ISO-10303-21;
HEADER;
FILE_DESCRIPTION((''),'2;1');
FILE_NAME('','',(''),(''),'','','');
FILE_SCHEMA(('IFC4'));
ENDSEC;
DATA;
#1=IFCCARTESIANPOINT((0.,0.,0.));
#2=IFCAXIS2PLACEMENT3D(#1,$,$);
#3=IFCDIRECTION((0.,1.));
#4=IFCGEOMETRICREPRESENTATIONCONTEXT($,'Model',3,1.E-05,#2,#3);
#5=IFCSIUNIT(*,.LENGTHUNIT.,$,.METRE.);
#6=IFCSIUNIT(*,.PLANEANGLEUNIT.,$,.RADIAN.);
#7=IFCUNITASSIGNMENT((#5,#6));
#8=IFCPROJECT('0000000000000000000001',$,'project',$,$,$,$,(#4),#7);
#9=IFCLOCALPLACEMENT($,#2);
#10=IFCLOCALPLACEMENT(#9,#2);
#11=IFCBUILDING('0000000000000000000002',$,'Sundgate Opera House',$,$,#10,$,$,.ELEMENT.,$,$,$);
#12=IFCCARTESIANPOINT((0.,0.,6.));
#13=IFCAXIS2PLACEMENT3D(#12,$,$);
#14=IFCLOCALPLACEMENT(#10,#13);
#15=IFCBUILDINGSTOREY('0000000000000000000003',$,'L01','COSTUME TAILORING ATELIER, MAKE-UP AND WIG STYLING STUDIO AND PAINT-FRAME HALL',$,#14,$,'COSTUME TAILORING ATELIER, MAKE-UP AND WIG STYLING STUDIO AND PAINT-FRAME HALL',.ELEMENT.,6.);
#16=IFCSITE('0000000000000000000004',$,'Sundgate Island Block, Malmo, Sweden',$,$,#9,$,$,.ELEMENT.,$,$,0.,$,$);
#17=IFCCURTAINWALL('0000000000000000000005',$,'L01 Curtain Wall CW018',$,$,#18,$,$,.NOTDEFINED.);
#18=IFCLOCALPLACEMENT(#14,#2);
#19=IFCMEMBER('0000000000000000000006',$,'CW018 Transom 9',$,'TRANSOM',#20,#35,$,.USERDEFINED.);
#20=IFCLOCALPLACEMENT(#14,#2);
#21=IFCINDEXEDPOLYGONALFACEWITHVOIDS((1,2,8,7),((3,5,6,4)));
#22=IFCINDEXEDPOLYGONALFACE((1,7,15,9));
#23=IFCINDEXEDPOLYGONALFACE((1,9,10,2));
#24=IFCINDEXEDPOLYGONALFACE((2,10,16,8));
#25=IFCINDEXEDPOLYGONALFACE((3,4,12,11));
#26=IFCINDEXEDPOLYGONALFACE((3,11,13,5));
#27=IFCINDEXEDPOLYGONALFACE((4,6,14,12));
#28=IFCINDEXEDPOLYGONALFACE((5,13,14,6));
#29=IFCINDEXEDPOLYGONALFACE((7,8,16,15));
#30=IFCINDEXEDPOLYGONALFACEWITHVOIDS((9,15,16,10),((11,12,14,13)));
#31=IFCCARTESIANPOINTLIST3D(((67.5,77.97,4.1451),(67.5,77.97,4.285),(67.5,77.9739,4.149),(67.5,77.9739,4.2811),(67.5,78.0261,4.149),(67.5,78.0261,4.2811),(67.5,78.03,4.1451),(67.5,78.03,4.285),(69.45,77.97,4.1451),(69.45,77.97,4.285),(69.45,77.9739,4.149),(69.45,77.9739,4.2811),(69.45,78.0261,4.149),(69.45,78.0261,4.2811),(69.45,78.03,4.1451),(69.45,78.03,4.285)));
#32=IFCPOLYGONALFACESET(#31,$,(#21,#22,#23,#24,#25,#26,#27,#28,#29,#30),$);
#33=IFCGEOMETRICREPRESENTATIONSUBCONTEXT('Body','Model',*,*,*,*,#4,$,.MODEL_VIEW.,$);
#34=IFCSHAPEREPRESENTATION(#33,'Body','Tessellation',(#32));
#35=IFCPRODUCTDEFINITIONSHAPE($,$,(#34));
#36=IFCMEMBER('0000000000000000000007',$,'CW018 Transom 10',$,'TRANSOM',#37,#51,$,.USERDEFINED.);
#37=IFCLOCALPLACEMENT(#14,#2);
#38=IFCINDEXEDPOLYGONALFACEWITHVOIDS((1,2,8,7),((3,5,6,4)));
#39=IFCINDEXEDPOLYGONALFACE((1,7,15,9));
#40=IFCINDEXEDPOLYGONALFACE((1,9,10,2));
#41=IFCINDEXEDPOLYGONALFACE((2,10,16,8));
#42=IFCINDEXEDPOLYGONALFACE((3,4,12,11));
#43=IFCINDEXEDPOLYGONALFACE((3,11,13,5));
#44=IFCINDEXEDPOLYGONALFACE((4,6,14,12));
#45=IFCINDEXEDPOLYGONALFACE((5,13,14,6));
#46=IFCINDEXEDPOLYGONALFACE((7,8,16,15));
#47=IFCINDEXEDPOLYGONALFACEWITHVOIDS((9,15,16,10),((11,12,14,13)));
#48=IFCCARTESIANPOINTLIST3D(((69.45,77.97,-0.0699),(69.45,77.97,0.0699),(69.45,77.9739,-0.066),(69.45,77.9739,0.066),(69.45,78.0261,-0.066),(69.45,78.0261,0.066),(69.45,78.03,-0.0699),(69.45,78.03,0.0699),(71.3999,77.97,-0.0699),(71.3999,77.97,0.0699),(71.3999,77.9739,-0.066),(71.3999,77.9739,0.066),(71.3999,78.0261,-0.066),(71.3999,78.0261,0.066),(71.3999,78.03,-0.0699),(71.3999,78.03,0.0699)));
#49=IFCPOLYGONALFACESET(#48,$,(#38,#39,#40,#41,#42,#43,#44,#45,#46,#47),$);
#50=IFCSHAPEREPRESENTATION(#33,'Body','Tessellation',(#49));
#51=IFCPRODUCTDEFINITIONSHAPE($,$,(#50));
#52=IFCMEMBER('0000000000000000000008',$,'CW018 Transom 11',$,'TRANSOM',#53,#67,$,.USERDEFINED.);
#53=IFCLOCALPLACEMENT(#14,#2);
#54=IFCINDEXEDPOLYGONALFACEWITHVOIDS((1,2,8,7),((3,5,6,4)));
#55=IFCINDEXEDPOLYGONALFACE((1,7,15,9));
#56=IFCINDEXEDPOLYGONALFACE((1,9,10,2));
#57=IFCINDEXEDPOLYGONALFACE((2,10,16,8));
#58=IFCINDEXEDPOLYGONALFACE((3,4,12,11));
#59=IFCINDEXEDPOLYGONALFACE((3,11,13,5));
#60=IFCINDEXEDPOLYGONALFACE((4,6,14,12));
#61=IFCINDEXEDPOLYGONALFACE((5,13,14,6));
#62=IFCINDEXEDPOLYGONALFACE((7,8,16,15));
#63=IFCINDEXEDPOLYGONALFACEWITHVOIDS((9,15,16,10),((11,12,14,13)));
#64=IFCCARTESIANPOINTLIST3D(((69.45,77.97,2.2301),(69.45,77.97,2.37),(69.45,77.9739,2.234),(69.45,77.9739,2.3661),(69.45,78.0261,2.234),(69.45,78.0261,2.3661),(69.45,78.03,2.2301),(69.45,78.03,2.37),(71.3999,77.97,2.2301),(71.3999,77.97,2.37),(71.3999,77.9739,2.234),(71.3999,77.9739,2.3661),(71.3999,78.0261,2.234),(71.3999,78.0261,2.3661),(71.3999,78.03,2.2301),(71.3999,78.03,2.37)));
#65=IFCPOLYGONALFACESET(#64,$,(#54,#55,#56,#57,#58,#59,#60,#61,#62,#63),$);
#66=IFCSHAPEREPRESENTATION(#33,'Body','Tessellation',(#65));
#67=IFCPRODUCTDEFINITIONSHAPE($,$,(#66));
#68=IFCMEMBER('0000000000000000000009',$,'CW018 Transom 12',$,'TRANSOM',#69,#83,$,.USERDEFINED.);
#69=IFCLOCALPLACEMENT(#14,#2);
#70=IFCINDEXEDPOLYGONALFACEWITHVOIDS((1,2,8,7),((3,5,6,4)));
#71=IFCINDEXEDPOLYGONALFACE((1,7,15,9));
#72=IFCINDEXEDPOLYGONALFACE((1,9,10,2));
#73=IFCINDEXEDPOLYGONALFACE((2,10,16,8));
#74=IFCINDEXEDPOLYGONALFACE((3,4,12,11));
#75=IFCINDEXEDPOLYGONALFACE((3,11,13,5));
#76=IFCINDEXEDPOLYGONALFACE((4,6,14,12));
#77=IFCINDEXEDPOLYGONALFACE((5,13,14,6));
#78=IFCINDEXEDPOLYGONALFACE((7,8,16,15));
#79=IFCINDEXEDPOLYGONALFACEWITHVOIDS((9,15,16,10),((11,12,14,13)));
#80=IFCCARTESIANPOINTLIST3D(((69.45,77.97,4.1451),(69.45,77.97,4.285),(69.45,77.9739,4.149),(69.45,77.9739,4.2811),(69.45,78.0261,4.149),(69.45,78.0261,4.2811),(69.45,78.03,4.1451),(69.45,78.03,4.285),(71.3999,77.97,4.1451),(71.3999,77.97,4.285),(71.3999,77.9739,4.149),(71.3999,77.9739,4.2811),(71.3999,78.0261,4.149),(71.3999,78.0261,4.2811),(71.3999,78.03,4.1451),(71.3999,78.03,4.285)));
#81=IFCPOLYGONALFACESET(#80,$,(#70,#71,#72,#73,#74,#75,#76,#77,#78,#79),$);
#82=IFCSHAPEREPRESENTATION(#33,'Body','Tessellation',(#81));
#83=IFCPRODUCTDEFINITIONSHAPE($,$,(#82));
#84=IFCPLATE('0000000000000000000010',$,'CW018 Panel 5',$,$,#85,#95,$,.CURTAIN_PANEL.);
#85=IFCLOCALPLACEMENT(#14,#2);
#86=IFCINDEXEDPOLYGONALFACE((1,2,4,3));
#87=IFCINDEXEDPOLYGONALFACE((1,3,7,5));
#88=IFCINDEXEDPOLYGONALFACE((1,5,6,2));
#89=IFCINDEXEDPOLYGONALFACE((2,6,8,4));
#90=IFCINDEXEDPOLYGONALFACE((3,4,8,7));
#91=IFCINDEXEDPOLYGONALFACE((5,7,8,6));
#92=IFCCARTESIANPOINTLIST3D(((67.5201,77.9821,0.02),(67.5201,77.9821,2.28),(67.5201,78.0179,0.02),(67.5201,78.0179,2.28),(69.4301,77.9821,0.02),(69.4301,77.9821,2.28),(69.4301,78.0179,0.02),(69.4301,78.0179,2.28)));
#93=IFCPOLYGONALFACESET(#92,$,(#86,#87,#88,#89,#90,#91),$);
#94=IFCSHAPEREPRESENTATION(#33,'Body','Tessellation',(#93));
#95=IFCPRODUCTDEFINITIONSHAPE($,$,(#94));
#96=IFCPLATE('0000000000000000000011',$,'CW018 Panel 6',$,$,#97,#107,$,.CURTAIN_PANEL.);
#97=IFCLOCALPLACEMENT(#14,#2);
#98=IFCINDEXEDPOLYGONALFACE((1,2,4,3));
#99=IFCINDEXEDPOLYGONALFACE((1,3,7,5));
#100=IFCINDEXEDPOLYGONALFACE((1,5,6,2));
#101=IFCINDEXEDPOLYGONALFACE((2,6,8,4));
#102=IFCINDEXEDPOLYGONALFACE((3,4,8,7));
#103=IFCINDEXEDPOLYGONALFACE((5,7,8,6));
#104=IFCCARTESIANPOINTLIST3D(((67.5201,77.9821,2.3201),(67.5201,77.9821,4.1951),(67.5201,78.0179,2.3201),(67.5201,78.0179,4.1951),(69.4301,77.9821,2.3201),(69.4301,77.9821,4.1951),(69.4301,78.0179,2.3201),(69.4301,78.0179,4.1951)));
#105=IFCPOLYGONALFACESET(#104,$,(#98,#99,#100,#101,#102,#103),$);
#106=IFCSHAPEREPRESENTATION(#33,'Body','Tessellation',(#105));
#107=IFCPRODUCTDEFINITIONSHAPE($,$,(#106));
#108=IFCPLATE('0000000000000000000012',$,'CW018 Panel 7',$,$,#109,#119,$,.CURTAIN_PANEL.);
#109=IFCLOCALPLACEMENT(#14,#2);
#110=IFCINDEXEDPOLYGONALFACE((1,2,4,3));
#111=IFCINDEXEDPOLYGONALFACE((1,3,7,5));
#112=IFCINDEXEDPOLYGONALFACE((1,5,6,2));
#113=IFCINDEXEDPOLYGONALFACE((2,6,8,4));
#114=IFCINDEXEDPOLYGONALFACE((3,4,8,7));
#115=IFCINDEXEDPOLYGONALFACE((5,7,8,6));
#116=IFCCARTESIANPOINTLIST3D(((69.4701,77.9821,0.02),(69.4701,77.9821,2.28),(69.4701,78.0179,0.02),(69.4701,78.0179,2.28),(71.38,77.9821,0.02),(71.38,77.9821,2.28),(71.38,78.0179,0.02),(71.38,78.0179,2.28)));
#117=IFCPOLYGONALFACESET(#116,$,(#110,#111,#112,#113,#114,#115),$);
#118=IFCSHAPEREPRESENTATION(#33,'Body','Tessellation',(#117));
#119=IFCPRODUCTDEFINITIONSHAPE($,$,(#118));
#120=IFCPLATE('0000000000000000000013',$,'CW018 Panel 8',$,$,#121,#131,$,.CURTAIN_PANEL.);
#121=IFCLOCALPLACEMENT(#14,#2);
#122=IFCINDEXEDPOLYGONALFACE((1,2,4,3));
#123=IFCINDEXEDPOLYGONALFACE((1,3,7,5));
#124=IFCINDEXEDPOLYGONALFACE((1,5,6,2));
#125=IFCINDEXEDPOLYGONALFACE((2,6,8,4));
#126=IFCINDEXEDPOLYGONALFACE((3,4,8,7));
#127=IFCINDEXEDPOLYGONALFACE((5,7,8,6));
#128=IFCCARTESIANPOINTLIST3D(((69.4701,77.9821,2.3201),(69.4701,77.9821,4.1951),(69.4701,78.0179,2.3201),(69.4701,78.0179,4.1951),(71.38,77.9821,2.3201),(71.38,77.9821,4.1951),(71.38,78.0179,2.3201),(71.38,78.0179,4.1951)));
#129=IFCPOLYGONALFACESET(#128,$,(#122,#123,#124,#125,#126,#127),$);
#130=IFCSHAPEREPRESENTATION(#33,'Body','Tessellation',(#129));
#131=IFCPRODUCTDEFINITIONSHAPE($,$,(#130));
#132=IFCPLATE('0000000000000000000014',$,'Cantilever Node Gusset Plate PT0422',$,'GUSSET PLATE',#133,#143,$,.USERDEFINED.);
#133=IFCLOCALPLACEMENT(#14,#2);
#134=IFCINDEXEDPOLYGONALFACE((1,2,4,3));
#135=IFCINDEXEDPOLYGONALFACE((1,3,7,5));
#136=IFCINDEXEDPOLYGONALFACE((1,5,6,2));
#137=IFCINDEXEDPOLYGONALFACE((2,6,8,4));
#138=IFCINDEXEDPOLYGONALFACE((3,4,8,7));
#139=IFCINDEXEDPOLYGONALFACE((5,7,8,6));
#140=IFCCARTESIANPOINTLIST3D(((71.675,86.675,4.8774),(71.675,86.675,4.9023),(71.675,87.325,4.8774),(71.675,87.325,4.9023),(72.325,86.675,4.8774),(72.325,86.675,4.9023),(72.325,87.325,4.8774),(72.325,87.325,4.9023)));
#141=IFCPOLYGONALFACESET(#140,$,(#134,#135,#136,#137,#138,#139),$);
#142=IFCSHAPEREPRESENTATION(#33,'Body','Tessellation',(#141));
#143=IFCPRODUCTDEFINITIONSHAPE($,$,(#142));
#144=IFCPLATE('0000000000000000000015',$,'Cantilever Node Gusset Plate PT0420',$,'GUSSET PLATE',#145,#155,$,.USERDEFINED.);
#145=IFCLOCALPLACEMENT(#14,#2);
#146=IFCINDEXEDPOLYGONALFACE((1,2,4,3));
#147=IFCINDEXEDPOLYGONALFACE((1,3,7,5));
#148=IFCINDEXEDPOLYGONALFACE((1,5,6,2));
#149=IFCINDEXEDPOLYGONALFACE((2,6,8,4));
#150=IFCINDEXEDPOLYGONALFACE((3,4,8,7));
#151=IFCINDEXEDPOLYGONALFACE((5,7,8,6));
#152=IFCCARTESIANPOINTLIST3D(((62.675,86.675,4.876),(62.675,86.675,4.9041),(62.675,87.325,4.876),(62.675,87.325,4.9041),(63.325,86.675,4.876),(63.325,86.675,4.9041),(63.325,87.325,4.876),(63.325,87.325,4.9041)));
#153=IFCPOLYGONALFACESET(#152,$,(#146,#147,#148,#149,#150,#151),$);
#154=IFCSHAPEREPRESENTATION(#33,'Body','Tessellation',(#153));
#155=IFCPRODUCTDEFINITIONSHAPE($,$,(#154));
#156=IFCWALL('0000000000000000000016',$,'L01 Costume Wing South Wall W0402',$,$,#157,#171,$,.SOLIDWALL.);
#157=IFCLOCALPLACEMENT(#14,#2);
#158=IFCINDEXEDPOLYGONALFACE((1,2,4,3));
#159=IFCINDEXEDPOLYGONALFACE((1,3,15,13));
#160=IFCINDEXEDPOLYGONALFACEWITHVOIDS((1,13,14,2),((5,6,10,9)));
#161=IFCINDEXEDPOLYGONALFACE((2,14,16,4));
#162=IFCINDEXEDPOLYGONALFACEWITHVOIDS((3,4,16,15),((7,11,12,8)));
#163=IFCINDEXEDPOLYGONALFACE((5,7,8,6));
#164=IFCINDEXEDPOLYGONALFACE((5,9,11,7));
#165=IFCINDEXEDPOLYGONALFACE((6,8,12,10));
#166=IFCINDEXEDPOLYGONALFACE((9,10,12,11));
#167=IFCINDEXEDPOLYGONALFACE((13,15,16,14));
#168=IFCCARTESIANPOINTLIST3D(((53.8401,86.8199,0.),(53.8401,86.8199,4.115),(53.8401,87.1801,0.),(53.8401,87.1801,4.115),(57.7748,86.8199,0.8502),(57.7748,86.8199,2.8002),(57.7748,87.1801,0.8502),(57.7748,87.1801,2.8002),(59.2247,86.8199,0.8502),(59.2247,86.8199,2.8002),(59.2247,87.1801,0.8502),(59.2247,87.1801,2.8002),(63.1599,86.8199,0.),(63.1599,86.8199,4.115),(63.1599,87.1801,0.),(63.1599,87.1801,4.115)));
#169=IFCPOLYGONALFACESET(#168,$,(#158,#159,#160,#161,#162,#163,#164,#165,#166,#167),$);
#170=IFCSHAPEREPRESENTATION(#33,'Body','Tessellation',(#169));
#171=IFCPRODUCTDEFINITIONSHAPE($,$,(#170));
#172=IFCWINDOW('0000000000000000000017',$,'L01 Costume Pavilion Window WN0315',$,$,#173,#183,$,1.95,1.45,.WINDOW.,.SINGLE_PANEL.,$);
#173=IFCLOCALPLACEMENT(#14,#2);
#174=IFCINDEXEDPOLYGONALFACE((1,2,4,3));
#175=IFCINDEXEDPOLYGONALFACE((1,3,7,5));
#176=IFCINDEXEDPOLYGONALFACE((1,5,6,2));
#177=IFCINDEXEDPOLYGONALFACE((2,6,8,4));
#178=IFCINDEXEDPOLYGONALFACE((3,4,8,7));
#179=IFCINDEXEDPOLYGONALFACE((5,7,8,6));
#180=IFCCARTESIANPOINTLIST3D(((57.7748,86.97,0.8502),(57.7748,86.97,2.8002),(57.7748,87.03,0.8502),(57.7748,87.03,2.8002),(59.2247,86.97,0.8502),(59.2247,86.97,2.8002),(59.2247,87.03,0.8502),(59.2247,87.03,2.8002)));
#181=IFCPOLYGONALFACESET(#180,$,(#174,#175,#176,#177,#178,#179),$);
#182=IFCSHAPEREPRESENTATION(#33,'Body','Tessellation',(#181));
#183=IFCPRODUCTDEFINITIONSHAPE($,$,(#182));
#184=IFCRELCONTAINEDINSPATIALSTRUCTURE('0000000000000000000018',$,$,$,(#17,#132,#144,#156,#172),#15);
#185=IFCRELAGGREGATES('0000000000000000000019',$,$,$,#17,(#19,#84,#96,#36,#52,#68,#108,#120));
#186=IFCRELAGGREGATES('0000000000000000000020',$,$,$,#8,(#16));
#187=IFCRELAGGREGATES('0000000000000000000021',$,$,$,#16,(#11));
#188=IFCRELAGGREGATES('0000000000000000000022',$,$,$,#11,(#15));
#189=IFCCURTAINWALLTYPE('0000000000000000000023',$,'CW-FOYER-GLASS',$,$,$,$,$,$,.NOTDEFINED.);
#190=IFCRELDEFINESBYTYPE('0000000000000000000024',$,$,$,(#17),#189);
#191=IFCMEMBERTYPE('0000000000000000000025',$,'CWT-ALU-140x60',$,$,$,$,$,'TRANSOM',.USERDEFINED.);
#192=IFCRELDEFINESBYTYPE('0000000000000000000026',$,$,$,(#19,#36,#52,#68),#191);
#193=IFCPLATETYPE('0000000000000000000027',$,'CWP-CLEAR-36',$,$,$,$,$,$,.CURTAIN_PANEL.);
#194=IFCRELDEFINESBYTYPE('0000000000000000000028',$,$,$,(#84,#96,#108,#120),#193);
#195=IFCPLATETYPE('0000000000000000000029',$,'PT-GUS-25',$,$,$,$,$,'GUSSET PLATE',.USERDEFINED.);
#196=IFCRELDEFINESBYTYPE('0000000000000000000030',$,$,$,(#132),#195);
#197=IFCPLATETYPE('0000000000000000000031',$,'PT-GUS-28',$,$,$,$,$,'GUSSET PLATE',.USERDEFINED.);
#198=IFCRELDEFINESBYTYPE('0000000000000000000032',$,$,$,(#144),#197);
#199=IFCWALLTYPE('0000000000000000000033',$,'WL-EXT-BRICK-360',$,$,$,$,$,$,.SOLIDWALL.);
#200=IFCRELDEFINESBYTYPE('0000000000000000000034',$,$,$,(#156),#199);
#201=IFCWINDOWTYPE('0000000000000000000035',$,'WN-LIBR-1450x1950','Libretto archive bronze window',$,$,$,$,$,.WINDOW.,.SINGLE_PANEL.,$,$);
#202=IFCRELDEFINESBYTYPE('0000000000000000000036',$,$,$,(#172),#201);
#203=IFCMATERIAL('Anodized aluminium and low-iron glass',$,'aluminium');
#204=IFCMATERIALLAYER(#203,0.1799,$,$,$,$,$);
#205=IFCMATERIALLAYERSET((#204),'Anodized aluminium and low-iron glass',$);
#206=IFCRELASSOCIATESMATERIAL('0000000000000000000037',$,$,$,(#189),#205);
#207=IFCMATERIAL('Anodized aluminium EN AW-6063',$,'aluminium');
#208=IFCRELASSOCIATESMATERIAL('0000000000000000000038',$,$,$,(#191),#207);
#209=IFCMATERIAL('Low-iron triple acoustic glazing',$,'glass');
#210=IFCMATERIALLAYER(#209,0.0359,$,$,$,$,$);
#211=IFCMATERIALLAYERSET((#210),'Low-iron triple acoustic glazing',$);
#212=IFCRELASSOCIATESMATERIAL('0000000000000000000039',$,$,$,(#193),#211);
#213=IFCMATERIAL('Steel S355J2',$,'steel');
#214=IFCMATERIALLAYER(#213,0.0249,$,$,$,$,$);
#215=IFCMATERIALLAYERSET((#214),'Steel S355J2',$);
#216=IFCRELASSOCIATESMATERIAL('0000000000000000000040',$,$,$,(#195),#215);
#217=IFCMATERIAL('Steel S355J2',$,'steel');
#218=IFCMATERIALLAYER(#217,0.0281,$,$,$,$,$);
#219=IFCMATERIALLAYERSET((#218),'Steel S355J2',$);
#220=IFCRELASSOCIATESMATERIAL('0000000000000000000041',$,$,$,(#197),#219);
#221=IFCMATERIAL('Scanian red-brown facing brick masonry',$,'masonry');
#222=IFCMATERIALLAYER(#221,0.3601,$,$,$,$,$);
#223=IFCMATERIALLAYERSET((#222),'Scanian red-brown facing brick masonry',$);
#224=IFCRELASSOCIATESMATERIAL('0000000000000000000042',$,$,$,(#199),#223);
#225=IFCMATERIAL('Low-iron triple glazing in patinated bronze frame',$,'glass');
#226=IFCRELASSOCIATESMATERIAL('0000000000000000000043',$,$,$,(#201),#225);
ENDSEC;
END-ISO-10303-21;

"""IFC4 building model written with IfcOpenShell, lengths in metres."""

from ifc_helpers import new_model, si_unit, direction, frame, frame_2d, origin, origin_2d, place, context, subcontext, project, spatial, rectangle, hollow_rectangle, extrude, material, layer, layer_set, material_profile, profile_set, type_object, element, fill, aggregate, save


model = new_model("IFC4")

# Units and contexts
model_context = context("Model", 3, precision=1e-05, world=origin(), true_north=direction((0.0, 1.0)))
body_context = subcontext(model_context, "Body", "Model", "MODEL_VIEW")
ifc_project = project(units=[si_unit("LENGTHUNIT", "METRE"), si_unit("PLANEANGLEUNIT", "RADIAN")], contexts=[model_context])

# Site, building, storey
site_placement = place(None, origin())
site = spatial("IfcSite", under=ifc_project, at=site_placement, Name="Sundgate Island Block, Malmo, Sweden", CompositionType="ELEMENT", RefElevation=0.0)
building_placement = place(site_placement, origin())
building = spatial("IfcBuilding", under=site, at=building_placement, Name="Sundgate Opera House", CompositionType="ELEMENT")
storey_placement = place(building_placement, frame((0.0, 0.0, 6.0)))
storey = spatial("IfcBuildingStorey", under=building, at=storey_placement, Name="L01", Description="COSTUME TAILORING ATELIER, MAKE-UP AND WIG STYLING STUDIO AND PAINT-FRAME HALL", LongName="COSTUME TAILORING ATELIER, MAKE-UP AND WIG STYLING STUDIO AND PAINT-FRAME HALL", CompositionType="ELEMENT", Elevation=6.0)

# Curtain wall, members, plates
ifc_material_1 = material(Name="Anodized aluminium and low-iron glass", Category="aluminium")
ifc_layer_1 = layer(ifc_material_1, 0.1799)
ifc_layer_set_1 = layer_set([ifc_layer_1], Name="Anodized aluminium and low-iron glass")
curtain_wall_type = type_object("IfcCurtainWallType", Name="CW-FOYER-GLASS", PredefinedType="NOTDEFINED", material=ifc_layer_set_1)
curtain_wall_placement = place(storey_placement, origin())
curtain_wall = element("IfcCurtainWall", 1, at=curtain_wall_placement, inside=storey, type_object=curtain_wall_type, Name="L01 Curtain Wall CW018", PredefinedType="NOTDEFINED")
ifc_material_2 = material(Name="Anodized aluminium EN AW-6063", Category="aluminium")
ifc_material_profile_1 = material_profile(ifc_material_2, hollow_rectangle(XDim=0.0601, YDim=0.1399, WallThickness=0.0039, at=origin_2d()), Name="CWT 140x60x4")
ifc_profile_set_1 = profile_set([ifc_material_profile_1], Name="Anodized aluminium EN AW-6063")
member_type_1 = type_object("IfcMemberType", Name="CWT-ALU-140x60", ElementType="TRANSOM", PredefinedType="USERDEFINED", material=ifc_profile_set_1)
member_1_placement = place(storey_placement, frame((67.5, 78.0, 4.2151), z_axis=(1.0, 0.0, 0.0), x_axis=(0.0, 1.0, 0.0)))
member_1 = element("IfcMember", 2, at=member_1_placement, type_object=member_type_1, Name="CW018 Transom 9", ObjectType="TRANSOM", PredefinedType="USERDEFINED", context=body_context, shape_type="SweptSolid", body=[
    extrude(hollow_rectangle(XDim=0.0601, YDim=0.1399, WallThickness=0.0039, at=origin_2d()), origin(), (0.0, 0.0, 1.0), 1.95),
])
member_2_placement = place(storey_placement, frame((69.45, 78.0, 0.0), z_axis=(1.0, 0.0, 0.0), x_axis=(0.0, 1.0, 0.0)))
member_2 = element("IfcMember", 3, at=member_2_placement, type_object=member_type_1, Name="CW018 Transom 10", ObjectType="TRANSOM", PredefinedType="USERDEFINED", context=body_context, shape_type="SweptSolid", body=[
    extrude(hollow_rectangle(XDim=0.0601, YDim=0.1399, WallThickness=0.0039, at=origin_2d()), origin(), (0.0, 0.0, 1.0), 1.95),
])
member_3_placement = place(storey_placement, frame((69.45, 78.0, 2.3), z_axis=(1.0, 0.0, 0.0), x_axis=(0.0, 1.0, 0.0)))
member_3 = element("IfcMember", 4, at=member_3_placement, type_object=member_type_1, Name="CW018 Transom 11", ObjectType="TRANSOM", PredefinedType="USERDEFINED", context=body_context, shape_type="SweptSolid", body=[
    extrude(hollow_rectangle(XDim=0.0601, YDim=0.1399, WallThickness=0.0039, at=origin_2d()), origin(), (0.0, 0.0, 1.0), 1.95),
])
member_4_placement = place(storey_placement, frame((69.45, 78.0, 4.2151), z_axis=(1.0, 0.0, 0.0), x_axis=(0.0, 1.0, 0.0)))
member_4 = element("IfcMember", 5, at=member_4_placement, type_object=member_type_1, Name="CW018 Transom 12", ObjectType="TRANSOM", PredefinedType="USERDEFINED", context=body_context, shape_type="SweptSolid", body=[
    extrude(hollow_rectangle(XDim=0.0601, YDim=0.1399, WallThickness=0.0039, at=origin_2d()), origin(), (0.0, 0.0, 1.0), 1.95),
])
ifc_material_3 = material(Name="Low-iron triple acoustic glazing", Category="glass")
ifc_layer_2 = layer(ifc_material_3, 0.0359)
ifc_layer_set_2 = layer_set([ifc_layer_2], Name="Low-iron triple acoustic glazing")
plate_type_1 = type_object("IfcPlateType", Name="CWP-CLEAR-36", PredefinedType="CURTAIN_PANEL", material=ifc_layer_set_2)
plate_1_placement = place(storey_placement, frame((68.4751, 78.0, 0.02), z_axis=(0.0, 0.0, 1.0), x_axis=(1.0, 0.0, 0.0)))
plate_1 = element("IfcPlate", 6, at=plate_1_placement, type_object=plate_type_1, Name="CW018 Panel 5", PredefinedType="CURTAIN_PANEL", context=body_context, shape_type="SweptSolid", body=[
    extrude(rectangle(XDim=1.9099, YDim=0.0359, at=origin_2d()), origin(), (0.0, 0.0, 1.0), 2.26),
])
plate_2_placement = place(storey_placement, frame((68.4751, 78.0, 2.3201), z_axis=(0.0, 0.0, 1.0), x_axis=(1.0, 0.0, 0.0)))
plate_2 = element("IfcPlate", 7, at=plate_2_placement, type_object=plate_type_1, Name="CW018 Panel 6", PredefinedType="CURTAIN_PANEL", context=body_context, shape_type="SweptSolid", body=[
    extrude(rectangle(XDim=1.9099, YDim=0.0359, at=origin_2d()), origin(), (0.0, 0.0, 1.0), 1.875),
])
plate_3_placement = place(storey_placement, frame((70.425, 78.0, 0.02), z_axis=(0.0, 0.0, 1.0), x_axis=(1.0, 0.0, 0.0)))
plate_3 = element("IfcPlate", 8, at=plate_3_placement, type_object=plate_type_1, Name="CW018 Panel 7", PredefinedType="CURTAIN_PANEL", context=body_context, shape_type="SweptSolid", body=[
    extrude(rectangle(XDim=1.9099, YDim=0.0359, at=origin_2d()), origin(), (0.0, 0.0, 1.0), 2.26),
])
plate_4_placement = place(storey_placement, frame((70.425, 78.0, 2.3201), z_axis=(0.0, 0.0, 1.0), x_axis=(1.0, 0.0, 0.0)))
plate_4 = element("IfcPlate", 9, at=plate_4_placement, type_object=plate_type_1, Name="CW018 Panel 8", PredefinedType="CURTAIN_PANEL", context=body_context, shape_type="SweptSolid", body=[
    extrude(rectangle(XDim=1.9099, YDim=0.0359, at=origin_2d()), origin(), (0.0, 0.0, 1.0), 1.875),
])
aggregate(curtain_wall, [member_1, plate_1, plate_2, member_2, member_3, member_4, plate_3, plate_4])

# Plates
ifc_material_4 = material(Name="Steel S355J2", Category="steel")
ifc_layer_3 = layer(ifc_material_4, 0.0249)
ifc_layer_set_3 = layer_set([ifc_layer_3], Name="Steel S355J2")
plate_type_2 = type_object("IfcPlateType", Name="PT-GUS-25", ElementType="GUSSET PLATE", PredefinedType="USERDEFINED", material=ifc_layer_set_3)
plate_5_placement = place(storey_placement, frame((72.0, 87.0, 4.8774), z_axis=(0.0, 0.0, 1.0), x_axis=(1.0, 0.0, 0.0)))
element("IfcPlate", 10, at=plate_5_placement, inside=storey, type_object=plate_type_2, Name="Cantilever Node Gusset Plate PT0422", ObjectType="GUSSET PLATE", PredefinedType="USERDEFINED", context=body_context, shape_type="SweptSolid", body=[
    extrude(rectangle(XDim=0.6499, YDim=0.6499, at=origin_2d()), origin(), (0.0, 0.0, 1.0), 0.0249),
])
ifc_material_5 = material(Name="Steel S355J2", Category="steel")
ifc_layer_4 = layer(ifc_material_5, 0.0281)
ifc_layer_set_4 = layer_set([ifc_layer_4], Name="Steel S355J2")
plate_type_3 = type_object("IfcPlateType", Name="PT-GUS-28", ElementType="GUSSET PLATE", PredefinedType="USERDEFINED", material=ifc_layer_set_4)
plate_6_placement = place(storey_placement, frame((63.0, 87.0, 4.876), z_axis=(0.0, 0.0, 1.0), x_axis=(1.0, 0.0, 0.0)))
element("IfcPlate", 11, at=plate_6_placement, inside=storey, type_object=plate_type_3, Name="Cantilever Node Gusset Plate PT0420", ObjectType="GUSSET PLATE", PredefinedType="USERDEFINED", context=body_context, shape_type="SweptSolid", body=[
    extrude(rectangle(XDim=0.6499, YDim=0.6499, at=origin_2d()), origin(), (0.0, 0.0, 1.0), 0.0281),
])

# Wall, opening, window
ifc_material_6 = material(Name="Scanian red-brown facing brick masonry", Category="masonry")
ifc_layer_5 = layer(ifc_material_6, 0.3601)
ifc_layer_set_5 = layer_set([ifc_layer_5], Name="Scanian red-brown facing brick masonry")
wall_type = type_object("IfcWallType", Name="WL-EXT-BRICK-360", PredefinedType="SOLIDWALL", material=ifc_layer_set_5)
wall_1_placement = place(storey_placement, frame((63.1599, 87.0, 0.0), z_axis=(0.0, 0.0, 1.0), x_axis=(-1.0, 0.0, 0.0)))
wall_1 = element("IfcWall", 12, at=wall_1_placement, inside=storey, type_object=wall_type, Name="L01 Costume Wing South Wall W0402", PredefinedType="SOLIDWALL", context=body_context, shape_type="SweptSolid", body=[
    extrude(rectangle(XDim=9.3198, YDim=0.3601, at=frame_2d((4.6599, 0.0))), origin(), (0.0, 0.0, 1.0), 4.115),
])
opening_1_placement = place(wall_1_placement, frame((3.9351, 0.0, 0.8501)))
opening_1 = element("IfcOpeningElement", 13, at=opening_1_placement, cuts=wall_1, PredefinedType="OPENING", context=body_context, shape_type="SweptSolid", body=[
    extrude(rectangle(XDim=1.45, YDim=1.95, at=frame_2d((0.7251, 0.9751))), frame((0.0, 0.1899, 0.0), z_axis=(0.0, -1.0, 0.0), x_axis=(1.0, 0.0, 0.0)), (0.0, 0.0, 1.0), 0.3801),
])
ifc_material_7 = material(Name="Low-iron triple glazing in patinated bronze frame", Category="glass")
window_type_1 = type_object("IfcWindowType", Name="WN-LIBR-1450x1950", Description="Libretto archive bronze window", PartitioningType="SINGLE_PANEL", PredefinedType="WINDOW", material=ifc_material_7)
window_1_placement = place(opening_1_placement, origin())
window_1 = element("IfcWindow", 14, at=window_1_placement, inside=storey, type_object=window_type_1, Name="L01 Costume Pavilion Window WN0315", OverallHeight=1.95, OverallWidth=1.45, PartitioningType="SINGLE_PANEL", PredefinedType="WINDOW", context=body_context, shape_type="SweptSolid", body=[
    extrude(rectangle(XDim=1.45, YDim=1.95, at=frame_2d((0.7251, 0.9751))), frame((0.0, 0.03, 0.0), z_axis=(0.0, -1.0, 0.0), x_axis=(1.0, 0.0, 0.0)), (0.0, 0.0, 1.0), 0.0601),
])
fill(opening_1, window_1)

save(model, "model.ifc")
